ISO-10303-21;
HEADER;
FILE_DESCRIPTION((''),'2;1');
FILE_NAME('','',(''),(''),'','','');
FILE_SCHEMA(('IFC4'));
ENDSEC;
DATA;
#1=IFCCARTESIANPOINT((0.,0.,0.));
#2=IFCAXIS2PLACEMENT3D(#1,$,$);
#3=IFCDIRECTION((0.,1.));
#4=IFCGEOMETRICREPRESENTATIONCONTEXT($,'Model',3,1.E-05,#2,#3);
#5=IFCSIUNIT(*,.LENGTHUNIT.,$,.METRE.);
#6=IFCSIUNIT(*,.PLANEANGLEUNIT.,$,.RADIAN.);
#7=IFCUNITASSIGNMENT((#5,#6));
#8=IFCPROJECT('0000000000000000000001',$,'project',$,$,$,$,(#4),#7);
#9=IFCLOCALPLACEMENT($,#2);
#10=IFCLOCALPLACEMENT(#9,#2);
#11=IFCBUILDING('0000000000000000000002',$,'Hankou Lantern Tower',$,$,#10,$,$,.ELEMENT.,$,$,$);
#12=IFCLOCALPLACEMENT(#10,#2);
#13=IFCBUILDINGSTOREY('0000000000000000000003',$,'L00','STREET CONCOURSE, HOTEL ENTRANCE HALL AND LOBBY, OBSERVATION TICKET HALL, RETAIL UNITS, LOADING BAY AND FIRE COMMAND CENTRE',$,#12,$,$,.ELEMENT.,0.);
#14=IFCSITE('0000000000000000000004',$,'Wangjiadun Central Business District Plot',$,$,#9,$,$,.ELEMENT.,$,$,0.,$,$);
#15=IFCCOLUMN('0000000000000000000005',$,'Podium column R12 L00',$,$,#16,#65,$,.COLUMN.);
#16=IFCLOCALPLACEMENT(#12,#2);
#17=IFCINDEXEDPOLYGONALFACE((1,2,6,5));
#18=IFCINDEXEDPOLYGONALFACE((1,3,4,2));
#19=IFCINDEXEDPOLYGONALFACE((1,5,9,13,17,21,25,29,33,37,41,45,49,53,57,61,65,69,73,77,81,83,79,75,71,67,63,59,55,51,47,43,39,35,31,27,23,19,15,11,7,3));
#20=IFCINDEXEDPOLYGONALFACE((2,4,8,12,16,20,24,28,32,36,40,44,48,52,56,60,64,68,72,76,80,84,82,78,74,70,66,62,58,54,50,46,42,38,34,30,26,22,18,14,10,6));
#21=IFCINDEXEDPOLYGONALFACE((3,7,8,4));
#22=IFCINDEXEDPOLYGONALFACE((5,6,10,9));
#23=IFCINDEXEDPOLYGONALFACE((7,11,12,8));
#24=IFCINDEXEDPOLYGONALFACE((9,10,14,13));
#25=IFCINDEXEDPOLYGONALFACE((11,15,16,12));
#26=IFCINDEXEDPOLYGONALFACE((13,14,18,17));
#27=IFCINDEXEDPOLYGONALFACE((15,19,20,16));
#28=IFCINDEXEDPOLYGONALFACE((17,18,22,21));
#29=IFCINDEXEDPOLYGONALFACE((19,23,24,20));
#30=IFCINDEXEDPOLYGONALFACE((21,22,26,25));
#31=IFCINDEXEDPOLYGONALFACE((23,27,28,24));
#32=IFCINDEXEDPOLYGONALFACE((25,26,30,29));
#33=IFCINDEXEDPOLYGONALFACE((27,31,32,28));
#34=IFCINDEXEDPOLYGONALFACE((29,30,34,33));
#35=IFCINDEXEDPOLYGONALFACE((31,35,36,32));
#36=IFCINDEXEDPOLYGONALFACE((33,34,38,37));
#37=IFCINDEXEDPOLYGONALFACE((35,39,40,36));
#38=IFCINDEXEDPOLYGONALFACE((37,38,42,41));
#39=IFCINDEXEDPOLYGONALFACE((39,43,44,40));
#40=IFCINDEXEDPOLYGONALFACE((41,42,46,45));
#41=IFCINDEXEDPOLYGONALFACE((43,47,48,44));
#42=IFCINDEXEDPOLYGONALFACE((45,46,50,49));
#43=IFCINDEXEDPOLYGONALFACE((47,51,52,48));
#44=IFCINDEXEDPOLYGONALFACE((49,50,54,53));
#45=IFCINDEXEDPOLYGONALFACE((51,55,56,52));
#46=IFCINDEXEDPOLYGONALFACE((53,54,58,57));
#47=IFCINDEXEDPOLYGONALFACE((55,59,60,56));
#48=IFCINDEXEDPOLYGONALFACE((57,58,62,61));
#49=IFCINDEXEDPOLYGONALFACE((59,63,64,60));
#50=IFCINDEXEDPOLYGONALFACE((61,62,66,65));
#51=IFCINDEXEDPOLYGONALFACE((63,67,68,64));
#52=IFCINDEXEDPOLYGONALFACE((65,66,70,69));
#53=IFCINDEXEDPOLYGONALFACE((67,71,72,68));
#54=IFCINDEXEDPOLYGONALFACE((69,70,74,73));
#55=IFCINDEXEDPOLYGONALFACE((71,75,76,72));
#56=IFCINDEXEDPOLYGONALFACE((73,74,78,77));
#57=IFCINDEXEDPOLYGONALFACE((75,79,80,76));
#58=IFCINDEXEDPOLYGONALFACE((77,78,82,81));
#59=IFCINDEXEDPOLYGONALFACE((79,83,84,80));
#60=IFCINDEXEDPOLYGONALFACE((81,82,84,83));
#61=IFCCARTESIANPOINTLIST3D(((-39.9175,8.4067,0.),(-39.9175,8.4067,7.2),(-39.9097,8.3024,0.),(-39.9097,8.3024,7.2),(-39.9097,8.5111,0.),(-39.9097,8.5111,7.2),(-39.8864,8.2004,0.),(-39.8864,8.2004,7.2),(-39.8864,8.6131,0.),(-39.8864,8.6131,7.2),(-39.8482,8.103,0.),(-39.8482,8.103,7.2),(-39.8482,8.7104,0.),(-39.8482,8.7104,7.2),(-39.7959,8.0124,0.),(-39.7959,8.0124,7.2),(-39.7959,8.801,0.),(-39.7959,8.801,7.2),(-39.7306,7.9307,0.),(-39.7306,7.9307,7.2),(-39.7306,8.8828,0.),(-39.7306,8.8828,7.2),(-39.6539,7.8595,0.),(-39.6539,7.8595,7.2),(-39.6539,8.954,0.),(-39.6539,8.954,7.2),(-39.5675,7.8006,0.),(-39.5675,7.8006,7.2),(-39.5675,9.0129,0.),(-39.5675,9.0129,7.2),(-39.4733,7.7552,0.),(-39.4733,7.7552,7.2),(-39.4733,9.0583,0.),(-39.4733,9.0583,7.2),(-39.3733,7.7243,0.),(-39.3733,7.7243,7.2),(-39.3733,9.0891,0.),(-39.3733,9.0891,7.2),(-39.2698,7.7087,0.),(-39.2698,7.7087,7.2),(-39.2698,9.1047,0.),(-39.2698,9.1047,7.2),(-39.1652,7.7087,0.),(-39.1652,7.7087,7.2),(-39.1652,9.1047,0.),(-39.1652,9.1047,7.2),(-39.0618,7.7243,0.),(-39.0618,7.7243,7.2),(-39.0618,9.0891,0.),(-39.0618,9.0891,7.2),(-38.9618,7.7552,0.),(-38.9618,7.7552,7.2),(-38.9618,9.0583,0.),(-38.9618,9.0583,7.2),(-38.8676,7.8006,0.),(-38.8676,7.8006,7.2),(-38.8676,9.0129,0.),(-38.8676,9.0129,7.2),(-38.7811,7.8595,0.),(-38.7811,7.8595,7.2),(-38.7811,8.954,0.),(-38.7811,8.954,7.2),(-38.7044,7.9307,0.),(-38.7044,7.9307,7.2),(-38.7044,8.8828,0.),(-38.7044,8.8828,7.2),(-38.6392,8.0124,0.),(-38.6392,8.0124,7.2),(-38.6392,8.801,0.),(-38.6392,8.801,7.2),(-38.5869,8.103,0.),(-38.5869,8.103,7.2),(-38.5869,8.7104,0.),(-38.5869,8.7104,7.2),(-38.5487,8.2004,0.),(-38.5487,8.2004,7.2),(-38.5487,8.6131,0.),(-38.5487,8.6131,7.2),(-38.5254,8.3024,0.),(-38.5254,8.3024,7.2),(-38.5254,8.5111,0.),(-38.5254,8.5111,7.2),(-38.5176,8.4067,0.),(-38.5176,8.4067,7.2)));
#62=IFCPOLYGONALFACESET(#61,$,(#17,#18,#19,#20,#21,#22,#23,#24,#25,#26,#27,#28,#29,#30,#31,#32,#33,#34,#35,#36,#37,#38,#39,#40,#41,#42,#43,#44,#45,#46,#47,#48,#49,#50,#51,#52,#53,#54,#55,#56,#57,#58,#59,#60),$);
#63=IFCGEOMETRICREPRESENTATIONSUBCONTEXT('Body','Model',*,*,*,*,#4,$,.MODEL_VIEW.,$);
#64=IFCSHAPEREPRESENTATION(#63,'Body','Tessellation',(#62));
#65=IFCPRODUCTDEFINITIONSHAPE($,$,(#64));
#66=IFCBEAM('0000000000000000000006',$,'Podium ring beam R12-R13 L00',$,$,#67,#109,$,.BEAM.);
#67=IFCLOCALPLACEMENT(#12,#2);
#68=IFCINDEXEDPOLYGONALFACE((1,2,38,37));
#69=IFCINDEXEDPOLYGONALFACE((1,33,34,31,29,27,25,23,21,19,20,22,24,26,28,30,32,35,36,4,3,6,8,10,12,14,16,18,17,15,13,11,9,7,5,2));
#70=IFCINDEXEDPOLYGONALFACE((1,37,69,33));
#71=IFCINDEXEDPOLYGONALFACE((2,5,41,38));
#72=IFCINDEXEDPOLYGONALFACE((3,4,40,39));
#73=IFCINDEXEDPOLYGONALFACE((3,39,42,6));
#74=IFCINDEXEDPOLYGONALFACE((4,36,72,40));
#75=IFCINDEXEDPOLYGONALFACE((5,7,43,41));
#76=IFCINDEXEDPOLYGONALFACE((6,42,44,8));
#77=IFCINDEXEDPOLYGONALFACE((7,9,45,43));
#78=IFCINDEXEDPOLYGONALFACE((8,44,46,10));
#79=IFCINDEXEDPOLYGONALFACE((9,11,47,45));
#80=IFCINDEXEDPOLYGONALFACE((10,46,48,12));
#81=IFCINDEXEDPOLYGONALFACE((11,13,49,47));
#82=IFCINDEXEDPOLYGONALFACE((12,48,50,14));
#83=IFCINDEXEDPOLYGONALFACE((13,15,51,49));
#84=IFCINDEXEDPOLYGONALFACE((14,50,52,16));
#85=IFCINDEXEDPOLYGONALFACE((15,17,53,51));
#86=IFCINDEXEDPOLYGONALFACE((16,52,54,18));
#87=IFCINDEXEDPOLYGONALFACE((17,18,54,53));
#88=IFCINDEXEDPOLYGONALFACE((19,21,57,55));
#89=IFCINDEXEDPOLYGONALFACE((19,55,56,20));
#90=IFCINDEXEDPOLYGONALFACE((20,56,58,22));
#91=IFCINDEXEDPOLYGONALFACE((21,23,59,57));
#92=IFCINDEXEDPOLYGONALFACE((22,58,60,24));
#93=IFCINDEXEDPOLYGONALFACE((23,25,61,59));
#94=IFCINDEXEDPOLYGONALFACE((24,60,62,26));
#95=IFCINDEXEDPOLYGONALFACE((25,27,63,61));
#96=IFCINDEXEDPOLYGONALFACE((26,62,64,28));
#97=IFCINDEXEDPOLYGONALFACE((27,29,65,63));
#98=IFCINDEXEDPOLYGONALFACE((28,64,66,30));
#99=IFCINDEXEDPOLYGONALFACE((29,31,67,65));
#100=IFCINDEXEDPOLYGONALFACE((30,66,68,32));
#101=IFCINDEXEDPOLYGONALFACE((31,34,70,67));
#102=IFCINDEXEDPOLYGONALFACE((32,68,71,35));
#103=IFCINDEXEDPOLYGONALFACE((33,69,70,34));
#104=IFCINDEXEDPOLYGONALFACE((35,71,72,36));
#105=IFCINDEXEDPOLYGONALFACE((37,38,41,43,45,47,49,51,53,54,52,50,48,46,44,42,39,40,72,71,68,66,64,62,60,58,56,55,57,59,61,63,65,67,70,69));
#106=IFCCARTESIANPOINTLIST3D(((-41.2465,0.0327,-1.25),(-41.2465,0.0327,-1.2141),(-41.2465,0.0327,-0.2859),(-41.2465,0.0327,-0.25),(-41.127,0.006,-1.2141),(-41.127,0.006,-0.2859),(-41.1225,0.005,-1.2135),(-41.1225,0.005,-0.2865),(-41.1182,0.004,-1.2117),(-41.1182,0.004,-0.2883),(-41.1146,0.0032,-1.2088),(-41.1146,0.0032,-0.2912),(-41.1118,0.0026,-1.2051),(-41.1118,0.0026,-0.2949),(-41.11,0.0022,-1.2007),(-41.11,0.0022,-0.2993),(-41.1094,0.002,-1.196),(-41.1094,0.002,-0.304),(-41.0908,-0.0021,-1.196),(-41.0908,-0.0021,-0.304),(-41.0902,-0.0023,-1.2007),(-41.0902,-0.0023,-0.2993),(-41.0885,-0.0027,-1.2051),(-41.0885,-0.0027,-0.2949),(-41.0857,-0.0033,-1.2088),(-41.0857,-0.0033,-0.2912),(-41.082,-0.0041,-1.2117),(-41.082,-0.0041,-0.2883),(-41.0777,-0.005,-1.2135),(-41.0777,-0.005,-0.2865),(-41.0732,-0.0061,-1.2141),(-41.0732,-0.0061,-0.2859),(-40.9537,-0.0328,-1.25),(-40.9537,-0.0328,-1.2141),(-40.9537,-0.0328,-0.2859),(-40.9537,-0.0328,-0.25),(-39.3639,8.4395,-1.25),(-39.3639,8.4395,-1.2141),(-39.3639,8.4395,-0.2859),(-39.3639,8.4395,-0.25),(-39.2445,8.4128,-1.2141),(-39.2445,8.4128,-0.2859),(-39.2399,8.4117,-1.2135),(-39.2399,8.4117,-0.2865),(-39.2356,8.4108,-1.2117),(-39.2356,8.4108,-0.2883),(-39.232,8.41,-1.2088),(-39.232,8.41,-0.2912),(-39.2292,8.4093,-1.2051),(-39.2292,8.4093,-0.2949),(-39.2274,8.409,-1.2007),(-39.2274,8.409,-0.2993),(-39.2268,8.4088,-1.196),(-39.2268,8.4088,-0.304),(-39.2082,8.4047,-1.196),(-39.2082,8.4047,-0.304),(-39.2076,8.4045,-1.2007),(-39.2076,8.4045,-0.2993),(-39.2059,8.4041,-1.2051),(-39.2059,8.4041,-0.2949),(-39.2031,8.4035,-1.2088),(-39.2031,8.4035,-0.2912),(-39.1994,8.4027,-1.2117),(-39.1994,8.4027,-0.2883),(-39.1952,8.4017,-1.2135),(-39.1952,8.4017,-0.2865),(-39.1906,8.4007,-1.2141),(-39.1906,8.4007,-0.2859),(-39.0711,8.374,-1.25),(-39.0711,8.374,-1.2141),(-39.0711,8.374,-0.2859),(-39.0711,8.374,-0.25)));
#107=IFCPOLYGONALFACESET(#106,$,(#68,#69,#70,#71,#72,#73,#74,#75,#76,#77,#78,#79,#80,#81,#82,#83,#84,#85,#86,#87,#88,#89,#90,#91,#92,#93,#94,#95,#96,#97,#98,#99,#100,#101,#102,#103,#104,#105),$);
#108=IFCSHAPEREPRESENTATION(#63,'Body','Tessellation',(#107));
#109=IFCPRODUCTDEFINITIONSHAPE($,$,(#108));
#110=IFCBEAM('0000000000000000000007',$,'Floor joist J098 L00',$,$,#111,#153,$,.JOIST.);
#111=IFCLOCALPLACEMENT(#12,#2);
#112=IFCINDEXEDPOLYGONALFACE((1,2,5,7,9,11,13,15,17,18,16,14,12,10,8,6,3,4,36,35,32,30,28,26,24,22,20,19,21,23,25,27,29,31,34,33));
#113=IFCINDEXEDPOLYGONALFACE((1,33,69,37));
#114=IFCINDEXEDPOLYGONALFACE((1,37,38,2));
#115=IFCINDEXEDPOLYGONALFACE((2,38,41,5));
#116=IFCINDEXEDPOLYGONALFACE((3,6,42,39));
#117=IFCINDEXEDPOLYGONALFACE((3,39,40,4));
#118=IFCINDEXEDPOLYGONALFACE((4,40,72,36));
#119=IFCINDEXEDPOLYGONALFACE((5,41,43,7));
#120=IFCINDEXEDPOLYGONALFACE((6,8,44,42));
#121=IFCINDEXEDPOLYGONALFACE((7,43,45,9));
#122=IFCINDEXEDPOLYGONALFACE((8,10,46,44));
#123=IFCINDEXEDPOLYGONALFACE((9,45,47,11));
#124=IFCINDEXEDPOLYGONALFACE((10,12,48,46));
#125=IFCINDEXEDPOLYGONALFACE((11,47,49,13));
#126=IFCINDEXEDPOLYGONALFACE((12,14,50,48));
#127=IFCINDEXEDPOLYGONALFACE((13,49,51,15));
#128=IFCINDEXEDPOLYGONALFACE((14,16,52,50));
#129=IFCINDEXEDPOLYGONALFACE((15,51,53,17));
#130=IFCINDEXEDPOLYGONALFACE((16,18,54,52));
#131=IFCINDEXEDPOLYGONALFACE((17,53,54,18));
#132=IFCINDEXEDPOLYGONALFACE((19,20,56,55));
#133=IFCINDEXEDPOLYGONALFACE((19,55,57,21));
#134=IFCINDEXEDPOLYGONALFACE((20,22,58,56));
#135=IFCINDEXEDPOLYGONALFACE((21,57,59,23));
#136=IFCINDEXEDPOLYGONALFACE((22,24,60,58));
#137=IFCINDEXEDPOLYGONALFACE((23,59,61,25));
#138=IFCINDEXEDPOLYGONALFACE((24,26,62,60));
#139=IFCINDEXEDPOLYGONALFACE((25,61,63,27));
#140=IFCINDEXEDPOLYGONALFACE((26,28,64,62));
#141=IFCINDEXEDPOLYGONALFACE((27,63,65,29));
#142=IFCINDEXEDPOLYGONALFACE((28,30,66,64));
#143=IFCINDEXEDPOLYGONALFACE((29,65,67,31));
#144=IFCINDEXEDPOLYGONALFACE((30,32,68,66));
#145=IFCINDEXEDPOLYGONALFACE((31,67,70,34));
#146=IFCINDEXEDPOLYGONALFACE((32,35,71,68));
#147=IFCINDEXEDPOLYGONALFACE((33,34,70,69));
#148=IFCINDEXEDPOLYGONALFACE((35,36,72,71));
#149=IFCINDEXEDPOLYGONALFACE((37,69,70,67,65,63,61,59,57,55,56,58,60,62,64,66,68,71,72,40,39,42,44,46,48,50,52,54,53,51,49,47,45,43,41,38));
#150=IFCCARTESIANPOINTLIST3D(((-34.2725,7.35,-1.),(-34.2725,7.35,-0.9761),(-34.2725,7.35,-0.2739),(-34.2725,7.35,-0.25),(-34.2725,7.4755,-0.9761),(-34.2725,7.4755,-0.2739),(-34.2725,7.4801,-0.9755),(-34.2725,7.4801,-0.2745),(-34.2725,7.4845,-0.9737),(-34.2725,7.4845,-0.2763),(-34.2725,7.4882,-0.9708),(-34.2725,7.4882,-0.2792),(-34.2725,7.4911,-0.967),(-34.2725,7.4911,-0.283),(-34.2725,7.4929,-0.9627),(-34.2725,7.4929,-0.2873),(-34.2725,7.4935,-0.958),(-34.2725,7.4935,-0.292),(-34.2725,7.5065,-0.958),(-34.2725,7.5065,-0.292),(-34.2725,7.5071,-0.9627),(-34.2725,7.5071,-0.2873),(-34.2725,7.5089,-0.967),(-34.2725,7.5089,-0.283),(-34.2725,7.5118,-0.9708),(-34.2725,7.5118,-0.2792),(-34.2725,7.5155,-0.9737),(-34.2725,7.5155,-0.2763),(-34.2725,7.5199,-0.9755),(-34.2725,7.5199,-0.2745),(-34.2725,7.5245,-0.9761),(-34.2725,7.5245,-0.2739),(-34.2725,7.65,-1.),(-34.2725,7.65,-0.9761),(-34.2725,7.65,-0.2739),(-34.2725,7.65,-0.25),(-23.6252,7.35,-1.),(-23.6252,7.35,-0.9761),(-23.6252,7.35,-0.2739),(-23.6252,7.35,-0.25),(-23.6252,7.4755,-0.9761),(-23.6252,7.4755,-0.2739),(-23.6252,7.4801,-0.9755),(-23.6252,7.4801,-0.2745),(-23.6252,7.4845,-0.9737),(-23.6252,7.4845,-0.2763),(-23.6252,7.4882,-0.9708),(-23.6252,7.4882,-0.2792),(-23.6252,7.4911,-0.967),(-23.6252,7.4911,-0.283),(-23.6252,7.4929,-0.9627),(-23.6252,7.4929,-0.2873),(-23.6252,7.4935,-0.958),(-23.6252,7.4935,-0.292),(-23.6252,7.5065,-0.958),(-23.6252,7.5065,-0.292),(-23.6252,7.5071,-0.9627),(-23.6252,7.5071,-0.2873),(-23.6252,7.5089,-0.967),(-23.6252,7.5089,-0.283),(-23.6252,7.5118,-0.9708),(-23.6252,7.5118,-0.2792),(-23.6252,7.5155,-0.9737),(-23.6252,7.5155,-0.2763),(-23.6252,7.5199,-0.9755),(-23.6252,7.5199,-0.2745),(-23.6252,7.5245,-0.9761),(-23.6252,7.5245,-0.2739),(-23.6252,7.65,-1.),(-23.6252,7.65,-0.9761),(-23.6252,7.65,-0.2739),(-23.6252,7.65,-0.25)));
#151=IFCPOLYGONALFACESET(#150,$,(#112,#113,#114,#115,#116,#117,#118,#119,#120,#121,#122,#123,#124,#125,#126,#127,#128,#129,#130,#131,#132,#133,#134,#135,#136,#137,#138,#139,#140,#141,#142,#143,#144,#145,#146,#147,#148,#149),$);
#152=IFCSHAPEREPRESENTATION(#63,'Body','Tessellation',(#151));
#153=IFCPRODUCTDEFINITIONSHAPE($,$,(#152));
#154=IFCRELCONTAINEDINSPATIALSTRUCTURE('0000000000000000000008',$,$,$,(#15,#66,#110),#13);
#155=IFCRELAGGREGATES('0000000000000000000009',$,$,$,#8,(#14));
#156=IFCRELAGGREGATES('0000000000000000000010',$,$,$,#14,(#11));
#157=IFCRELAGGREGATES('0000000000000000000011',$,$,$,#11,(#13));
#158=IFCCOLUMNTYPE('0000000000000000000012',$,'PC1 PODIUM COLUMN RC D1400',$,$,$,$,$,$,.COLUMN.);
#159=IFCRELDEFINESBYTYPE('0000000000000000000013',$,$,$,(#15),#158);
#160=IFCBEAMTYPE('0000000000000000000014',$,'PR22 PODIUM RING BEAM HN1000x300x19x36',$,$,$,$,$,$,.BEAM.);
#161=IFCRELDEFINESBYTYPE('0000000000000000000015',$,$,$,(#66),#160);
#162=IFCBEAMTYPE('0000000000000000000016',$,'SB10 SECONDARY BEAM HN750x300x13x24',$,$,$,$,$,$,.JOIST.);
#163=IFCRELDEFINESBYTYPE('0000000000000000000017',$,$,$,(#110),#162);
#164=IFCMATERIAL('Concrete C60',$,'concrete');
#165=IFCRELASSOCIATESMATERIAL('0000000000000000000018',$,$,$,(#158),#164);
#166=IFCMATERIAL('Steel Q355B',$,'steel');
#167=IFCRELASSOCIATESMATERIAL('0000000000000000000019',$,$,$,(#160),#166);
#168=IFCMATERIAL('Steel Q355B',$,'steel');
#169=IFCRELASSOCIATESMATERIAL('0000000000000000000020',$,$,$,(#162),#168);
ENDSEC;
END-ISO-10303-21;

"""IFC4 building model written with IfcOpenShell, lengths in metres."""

from ifc_helpers import new_model, si_unit, direction, frame, origin, origin_2d, place, context, subcontext, project, spatial, circle, i_section, extrude, material, material_profile, profile_set, type_object, element, save


model = new_model("IFC4")

# Units and contexts
model_context = context("Model", 3, precision=1e-05, world=origin(), true_north=direction((0.0, 1.0)))
body_context = subcontext(model_context, "Body", "Model", "MODEL_VIEW")
ifc_project = project(units=[si_unit("LENGTHUNIT", "METRE"), si_unit("PLANEANGLEUNIT", "RADIAN")], contexts=[model_context])

# Site, building, storey
site_placement = place(None, origin())
site = spatial("IfcSite", under=ifc_project, at=site_placement, Name="Wangjiadun Central Business District Plot", CompositionType="ELEMENT", RefElevation=0.0)
building_placement = place(site_placement, origin())
building = spatial("IfcBuilding", under=site, at=building_placement, Name="Hankou Lantern Tower", CompositionType="ELEMENT")
storey_placement = place(building_placement, origin())
storey = spatial("IfcBuildingStorey", under=building, at=storey_placement, Name="L00", Description="STREET CONCOURSE, HOTEL ENTRANCE HALL AND LOBBY, OBSERVATION TICKET HALL, RETAIL UNITS, LOADING BAY AND FIRE COMMAND CENTRE", CompositionType="ELEMENT", Elevation=0.0)

# Column
ifc_material_1 = material(Name="Concrete C60", Category="concrete")
ifc_material_profile_1 = material_profile(ifc_material_1, circle(Radius=0.7, at=origin_2d()), Name="RC D1400")
ifc_profile_set_1 = profile_set([ifc_material_profile_1], Name="Concrete C60")
column_type = type_object("IfcColumnType", Name="PC1 PODIUM COLUMN RC D1400", PredefinedType="COLUMN", material=ifc_profile_set_1)
column_placement = place(storey_placement, frame((-39.2175, 8.4067, 0.0), z_axis=(0.0, 0.0, 1.0), x_axis=(1.0, 0.0, 0.0)))
element("IfcColumn", 1, at=column_placement, inside=storey, type_object=column_type, Name="Podium column R12 L00", PredefinedType="COLUMN", context=body_context, shape_type="SweptSolid", body=[
    extrude(circle(Radius=0.7, at=origin_2d()), origin(), (0.0, 0.0, 1.0), 7.2),
])

# Beams
ifc_material_2 = material(Name="Steel Q355B", Category="steel")
ifc_material_profile_2 = material_profile(ifc_material_2, i_section(OverallWidth=0.3, OverallDepth=1.0, WebThickness=0.019, FlangeThickness=0.0359, FilletRadius=0.0181, at=origin_2d()), Name="HN1000x300x19x36")
ifc_profile_set_2 = profile_set([ifc_material_profile_2], Name="Steel Q355B")
beam_type_1 = type_object("IfcBeamType", Name="PR22 PODIUM RING BEAM HN1000x300x19x36", PredefinedType="BEAM", material=ifc_profile_set_2)
beam_1_placement = place(storey_placement, frame((-39.2175, 8.4067, -0.75), z_axis=(-0.218523, -0.975832, 0.0), x_axis=(0.975832, -0.218523, 0.0)))
element("IfcBeam", 2, at=beam_1_placement, inside=storey, type_object=beam_type_1, Name="Podium ring beam R12-R13 L00", PredefinedType="BEAM", context=body_context, shape_type="SweptSolid", body=[
    extrude(i_section(OverallWidth=0.3, OverallDepth=1.0, WebThickness=0.019, FlangeThickness=0.0359, FilletRadius=0.0181, at=origin_2d()), origin(), (0.0, 0.0, 1.0), 8.615),
])
ifc_material_3 = material(Name="Steel Q355B", Category="steel")
ifc_material_profile_3 = material_profile(ifc_material_3, i_section(OverallWidth=0.3, OverallDepth=0.75, WebThickness=0.0129, FlangeThickness=0.0239, FilletRadius=0.0181, at=origin_2d()), Name="HN750x300x13x24")
ifc_profile_set_3 = profile_set([ifc_material_profile_3], Name="Steel Q355B")
beam_type_2 = type_object("IfcBeamType", Name="SB10 SECONDARY BEAM HN750x300x13x24", PredefinedType="JOIST", material=ifc_profile_set_3)
beam_2_placement = place(storey_placement, frame((-34.2725, 7.5, -0.625), z_axis=(1.0, 0.0, 0.0), x_axis=(0.0, 1.0, 0.0)))
element("IfcBeam", 3, at=beam_2_placement, inside=storey, type_object=beam_type_2, Name="Floor joist J098 L00", PredefinedType="JOIST", context=body_context, shape_type="SweptSolid", body=[
    extrude(i_section(OverallWidth=0.3, OverallDepth=0.75, WebThickness=0.0129, FlangeThickness=0.0239, FilletRadius=0.0181, at=origin_2d()), origin(), (0.0, 0.0, 1.0), 10.6472),
])

save(model, "model.ifc")
